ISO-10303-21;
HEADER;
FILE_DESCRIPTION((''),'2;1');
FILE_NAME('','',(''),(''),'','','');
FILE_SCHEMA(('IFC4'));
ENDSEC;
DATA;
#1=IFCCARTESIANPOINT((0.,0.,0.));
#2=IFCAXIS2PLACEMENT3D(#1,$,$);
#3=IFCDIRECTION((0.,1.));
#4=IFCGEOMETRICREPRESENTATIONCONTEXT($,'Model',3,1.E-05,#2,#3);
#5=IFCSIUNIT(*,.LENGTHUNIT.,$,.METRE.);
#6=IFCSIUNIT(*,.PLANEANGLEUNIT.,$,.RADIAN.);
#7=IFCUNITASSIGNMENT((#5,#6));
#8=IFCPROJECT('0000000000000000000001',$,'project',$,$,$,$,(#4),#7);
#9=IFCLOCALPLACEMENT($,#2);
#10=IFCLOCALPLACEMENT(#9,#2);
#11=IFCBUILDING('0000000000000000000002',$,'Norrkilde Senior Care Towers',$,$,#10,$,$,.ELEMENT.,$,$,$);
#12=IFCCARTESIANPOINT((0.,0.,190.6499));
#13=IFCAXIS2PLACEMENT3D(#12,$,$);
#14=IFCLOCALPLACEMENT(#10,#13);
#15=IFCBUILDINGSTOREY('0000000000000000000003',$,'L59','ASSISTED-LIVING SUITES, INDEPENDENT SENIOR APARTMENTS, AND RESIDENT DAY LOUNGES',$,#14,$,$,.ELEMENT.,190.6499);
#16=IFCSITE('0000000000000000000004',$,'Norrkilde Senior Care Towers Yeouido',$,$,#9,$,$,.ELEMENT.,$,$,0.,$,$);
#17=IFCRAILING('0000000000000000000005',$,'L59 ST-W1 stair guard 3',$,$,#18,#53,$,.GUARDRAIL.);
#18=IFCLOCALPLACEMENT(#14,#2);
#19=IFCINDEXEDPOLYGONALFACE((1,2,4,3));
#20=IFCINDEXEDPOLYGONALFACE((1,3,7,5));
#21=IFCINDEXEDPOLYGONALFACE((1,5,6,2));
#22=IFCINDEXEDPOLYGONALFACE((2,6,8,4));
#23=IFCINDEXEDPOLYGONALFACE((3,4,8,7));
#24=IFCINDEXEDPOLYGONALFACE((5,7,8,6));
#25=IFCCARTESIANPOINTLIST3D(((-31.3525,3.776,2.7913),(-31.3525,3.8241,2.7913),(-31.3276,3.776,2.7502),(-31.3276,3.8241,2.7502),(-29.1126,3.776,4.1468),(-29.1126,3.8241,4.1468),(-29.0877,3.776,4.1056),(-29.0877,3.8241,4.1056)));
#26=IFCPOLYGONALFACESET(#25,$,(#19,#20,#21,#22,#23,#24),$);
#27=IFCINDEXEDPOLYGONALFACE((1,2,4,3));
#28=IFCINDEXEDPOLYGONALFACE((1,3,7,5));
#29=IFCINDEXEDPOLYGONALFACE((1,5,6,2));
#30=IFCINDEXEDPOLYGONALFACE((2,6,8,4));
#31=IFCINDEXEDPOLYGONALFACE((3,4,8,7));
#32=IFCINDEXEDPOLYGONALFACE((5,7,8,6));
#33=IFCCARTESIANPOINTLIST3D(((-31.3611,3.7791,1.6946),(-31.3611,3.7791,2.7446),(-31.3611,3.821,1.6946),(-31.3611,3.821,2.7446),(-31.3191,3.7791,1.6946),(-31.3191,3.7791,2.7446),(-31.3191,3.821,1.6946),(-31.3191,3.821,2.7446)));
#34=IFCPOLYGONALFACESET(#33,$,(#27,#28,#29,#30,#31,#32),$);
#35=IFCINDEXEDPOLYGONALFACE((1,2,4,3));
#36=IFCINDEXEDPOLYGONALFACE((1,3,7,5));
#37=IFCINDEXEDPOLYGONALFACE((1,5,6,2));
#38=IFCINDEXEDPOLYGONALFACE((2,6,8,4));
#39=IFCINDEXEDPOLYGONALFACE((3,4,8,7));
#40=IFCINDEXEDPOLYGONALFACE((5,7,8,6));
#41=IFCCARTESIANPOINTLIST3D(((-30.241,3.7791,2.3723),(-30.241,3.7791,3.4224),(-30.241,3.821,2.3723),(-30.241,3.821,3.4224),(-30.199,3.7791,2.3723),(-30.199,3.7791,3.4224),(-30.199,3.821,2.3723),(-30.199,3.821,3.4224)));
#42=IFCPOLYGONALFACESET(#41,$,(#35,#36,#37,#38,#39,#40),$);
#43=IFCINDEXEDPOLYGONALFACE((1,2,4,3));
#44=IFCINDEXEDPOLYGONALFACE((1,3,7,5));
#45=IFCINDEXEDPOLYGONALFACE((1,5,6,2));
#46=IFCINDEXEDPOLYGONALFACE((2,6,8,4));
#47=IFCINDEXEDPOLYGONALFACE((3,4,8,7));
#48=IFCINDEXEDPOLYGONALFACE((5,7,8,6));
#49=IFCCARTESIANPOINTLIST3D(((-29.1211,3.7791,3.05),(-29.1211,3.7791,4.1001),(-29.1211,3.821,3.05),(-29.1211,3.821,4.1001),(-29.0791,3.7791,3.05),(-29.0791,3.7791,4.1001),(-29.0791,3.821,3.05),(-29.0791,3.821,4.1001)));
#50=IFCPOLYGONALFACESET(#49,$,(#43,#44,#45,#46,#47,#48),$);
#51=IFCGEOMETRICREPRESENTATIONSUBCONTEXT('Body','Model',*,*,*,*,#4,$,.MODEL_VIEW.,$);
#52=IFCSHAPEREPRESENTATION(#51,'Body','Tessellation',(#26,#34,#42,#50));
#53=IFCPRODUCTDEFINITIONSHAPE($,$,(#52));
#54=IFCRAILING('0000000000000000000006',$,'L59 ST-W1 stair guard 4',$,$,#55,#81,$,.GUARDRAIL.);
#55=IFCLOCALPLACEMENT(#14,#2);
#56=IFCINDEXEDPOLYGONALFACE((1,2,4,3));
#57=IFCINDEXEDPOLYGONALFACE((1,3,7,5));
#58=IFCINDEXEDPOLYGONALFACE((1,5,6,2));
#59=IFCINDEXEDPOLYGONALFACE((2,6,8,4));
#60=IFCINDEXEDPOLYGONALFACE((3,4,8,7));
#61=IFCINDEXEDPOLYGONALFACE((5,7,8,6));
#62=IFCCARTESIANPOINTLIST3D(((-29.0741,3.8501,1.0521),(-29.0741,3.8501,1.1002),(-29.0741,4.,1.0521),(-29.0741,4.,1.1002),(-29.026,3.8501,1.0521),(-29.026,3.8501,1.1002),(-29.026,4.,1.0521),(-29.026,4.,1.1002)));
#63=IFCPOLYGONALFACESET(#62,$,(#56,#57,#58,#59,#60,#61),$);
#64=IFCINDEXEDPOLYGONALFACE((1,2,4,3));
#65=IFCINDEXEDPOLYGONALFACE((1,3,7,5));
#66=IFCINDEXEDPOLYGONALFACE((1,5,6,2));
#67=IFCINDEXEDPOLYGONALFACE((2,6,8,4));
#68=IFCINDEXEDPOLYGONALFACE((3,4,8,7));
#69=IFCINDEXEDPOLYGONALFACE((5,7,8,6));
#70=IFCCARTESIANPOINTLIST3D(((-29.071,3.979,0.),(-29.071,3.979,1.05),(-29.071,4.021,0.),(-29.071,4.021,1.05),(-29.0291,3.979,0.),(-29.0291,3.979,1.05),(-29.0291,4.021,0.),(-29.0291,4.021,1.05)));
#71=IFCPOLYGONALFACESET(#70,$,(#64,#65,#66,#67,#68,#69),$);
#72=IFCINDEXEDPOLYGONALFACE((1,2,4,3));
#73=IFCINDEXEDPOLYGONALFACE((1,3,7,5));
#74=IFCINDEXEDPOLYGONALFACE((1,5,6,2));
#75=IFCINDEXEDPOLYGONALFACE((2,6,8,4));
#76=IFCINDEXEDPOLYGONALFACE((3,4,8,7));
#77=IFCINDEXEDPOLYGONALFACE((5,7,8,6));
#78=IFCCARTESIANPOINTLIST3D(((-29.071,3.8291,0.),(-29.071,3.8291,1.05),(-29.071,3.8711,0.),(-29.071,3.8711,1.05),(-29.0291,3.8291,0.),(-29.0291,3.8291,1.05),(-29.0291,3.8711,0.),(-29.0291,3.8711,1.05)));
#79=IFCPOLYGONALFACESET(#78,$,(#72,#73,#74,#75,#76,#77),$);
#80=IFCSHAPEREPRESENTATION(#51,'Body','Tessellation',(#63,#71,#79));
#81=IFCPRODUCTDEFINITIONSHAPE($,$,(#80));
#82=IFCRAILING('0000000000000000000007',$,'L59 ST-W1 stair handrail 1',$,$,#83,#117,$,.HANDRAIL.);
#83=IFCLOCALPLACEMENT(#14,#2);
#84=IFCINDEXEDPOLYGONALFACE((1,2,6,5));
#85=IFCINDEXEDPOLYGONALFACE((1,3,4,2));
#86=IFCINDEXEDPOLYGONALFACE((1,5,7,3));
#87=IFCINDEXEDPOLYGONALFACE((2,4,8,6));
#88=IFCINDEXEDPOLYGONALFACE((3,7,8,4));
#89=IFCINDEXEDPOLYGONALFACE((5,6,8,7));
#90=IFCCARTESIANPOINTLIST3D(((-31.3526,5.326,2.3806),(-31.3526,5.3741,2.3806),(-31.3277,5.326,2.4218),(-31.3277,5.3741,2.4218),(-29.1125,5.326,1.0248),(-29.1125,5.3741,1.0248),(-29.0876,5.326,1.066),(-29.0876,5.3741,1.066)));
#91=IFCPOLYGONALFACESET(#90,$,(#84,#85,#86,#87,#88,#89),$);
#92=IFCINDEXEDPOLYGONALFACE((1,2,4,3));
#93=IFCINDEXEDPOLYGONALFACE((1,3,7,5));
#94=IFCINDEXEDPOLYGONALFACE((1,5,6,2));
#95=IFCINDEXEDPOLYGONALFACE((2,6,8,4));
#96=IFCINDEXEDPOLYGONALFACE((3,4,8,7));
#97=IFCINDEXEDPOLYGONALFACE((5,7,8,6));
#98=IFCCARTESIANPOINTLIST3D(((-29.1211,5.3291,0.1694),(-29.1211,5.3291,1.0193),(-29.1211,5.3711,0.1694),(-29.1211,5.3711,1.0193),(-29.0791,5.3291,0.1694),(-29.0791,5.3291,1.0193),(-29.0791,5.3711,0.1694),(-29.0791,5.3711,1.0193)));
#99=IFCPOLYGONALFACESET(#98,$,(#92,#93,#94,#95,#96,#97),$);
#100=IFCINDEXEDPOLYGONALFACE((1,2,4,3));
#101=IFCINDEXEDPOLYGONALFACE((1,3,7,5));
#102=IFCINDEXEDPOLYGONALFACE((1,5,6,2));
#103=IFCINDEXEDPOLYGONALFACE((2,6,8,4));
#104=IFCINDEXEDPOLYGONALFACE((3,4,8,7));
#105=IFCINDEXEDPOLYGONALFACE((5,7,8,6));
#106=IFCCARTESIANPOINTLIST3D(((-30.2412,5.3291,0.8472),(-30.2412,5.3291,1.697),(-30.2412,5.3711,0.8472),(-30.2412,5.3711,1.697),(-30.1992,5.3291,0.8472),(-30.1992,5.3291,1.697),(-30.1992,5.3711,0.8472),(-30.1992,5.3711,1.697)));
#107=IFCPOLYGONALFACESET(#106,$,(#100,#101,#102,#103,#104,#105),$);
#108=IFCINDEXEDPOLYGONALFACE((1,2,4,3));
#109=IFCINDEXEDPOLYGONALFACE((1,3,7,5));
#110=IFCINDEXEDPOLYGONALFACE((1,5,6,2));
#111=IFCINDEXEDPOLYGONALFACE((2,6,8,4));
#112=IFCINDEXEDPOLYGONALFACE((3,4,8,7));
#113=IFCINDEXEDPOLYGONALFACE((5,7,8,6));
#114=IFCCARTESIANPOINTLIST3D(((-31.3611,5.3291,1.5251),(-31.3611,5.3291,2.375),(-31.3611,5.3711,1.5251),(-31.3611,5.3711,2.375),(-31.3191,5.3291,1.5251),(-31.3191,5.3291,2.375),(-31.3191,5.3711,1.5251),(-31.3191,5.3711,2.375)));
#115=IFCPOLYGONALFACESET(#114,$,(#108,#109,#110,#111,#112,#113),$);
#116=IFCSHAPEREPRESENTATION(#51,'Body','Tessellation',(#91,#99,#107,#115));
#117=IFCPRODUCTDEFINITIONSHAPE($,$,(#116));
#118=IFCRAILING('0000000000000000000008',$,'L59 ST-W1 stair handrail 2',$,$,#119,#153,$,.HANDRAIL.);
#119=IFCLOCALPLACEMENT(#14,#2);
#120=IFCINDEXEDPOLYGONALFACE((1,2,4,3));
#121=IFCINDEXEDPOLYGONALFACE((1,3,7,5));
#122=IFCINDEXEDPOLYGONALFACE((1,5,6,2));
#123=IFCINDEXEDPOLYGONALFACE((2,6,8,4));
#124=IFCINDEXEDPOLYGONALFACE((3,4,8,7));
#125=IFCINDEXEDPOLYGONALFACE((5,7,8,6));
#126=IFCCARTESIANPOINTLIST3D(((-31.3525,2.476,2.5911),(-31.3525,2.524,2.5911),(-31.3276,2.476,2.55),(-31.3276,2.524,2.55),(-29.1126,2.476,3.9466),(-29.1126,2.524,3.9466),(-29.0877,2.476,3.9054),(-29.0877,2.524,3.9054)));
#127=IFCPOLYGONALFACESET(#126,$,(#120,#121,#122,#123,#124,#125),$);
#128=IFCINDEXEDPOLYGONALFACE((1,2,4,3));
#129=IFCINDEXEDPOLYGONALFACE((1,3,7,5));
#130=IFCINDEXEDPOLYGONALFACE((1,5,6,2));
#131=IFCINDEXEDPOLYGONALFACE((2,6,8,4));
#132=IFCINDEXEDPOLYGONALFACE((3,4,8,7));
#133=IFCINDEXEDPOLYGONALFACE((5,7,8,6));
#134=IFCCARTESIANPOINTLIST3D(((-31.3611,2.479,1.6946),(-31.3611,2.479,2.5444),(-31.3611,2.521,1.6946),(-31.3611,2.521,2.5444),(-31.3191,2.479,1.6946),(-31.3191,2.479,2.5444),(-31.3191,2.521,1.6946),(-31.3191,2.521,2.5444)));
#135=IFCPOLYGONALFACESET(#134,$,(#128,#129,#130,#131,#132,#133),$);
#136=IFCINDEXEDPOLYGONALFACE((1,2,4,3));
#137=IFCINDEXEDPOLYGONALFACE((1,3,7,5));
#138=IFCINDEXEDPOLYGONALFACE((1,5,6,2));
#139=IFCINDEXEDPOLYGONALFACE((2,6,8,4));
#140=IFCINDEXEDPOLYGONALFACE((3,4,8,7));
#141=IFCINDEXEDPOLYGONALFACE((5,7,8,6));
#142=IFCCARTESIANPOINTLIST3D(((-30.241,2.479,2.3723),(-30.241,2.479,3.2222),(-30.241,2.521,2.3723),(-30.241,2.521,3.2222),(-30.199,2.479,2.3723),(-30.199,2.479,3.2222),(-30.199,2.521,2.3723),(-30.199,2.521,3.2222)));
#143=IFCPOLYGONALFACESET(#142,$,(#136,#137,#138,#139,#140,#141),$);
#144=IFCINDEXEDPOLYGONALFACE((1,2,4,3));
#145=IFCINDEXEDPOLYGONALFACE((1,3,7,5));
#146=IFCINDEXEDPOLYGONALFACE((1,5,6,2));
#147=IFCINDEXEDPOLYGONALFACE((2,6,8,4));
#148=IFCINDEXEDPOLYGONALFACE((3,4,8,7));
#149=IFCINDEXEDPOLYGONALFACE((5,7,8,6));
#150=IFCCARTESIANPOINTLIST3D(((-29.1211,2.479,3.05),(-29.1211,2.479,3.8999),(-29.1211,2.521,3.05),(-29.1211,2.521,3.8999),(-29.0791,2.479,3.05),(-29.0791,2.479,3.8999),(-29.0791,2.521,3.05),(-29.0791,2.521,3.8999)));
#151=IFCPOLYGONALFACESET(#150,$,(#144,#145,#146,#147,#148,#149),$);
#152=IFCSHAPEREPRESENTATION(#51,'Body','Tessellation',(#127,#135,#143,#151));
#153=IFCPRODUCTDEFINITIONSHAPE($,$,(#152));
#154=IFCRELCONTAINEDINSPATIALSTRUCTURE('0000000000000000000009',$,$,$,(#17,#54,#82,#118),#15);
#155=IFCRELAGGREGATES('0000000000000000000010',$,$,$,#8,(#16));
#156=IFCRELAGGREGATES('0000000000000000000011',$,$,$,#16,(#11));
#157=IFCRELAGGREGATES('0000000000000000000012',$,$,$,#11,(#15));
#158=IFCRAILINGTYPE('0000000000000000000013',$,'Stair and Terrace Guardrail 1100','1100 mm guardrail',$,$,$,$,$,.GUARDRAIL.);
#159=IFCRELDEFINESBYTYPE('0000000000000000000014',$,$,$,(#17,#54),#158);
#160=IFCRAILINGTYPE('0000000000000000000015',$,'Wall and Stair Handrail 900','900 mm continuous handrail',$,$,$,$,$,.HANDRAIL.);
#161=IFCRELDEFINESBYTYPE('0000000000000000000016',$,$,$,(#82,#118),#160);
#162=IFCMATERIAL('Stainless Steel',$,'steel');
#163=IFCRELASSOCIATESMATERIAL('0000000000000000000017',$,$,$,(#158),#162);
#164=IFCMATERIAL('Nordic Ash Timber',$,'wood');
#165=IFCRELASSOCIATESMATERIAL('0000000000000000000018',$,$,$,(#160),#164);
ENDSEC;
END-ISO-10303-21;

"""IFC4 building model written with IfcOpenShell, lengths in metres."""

from ifc_helpers import new_model, si_unit, direction, frame, origin, origin_2d, place, context, subcontext, project, spatial, rectangle, extrude, material, type_object, element, save


model = new_model("IFC4")

# Units and contexts
model_context = context("Model", 3, precision=1e-05, world=origin(), true_north=direction((0.0, 1.0)))
body_context = subcontext(model_context, "Body", "Model", "MODEL_VIEW")
ifc_project = project(units=[si_unit("LENGTHUNIT", "METRE"), si_unit("PLANEANGLEUNIT", "RADIAN")], contexts=[model_context])

# Site, building, storey
site_placement = place(None, origin())
site = spatial("IfcSite", under=ifc_project, at=site_placement, Name="Norrkilde Senior Care Towers Yeouido", CompositionType="ELEMENT", RefElevation=0.0)
building_placement = place(site_placement, origin())
building = spatial("IfcBuilding", under=site, at=building_placement, Name="Norrkilde Senior Care Towers", CompositionType="ELEMENT")
storey_placement = place(building_placement, frame((0.0, 0.0, 190.6499)))
storey = spatial("IfcBuildingStorey", under=building, at=storey_placement, Name="L59", Description="ASSISTED-LIVING SUITES, INDEPENDENT SENIOR APARTMENTS, AND RESIDENT DAY LOUNGES", CompositionType="ELEMENT", Elevation=190.6499)

# Shared definitions
ifc_material_1 = material(Name="Nordic Ash Timber", Category="wood")

# Railings
ifc_material_2 = material(Name="Stainless Steel", Category="steel")
railing_type_1 = type_object("IfcRailingType", Name="Stair and Terrace Guardrail 1100", Description="1100 mm guardrail", PredefinedType="GUARDRAIL", material=ifc_material_2)
railing_1_placement = place(storey_placement, frame((-31.3401, 3.8, 1.6946)))
element("IfcRailing", 1, at=railing_1_placement, inside=storey, type_object=railing_type_1, Name="L59 ST-W1 stair guard 3", PredefinedType="GUARDRAIL", context=body_context, shape_type="SweptSolid", body=[
    extrude(rectangle(XDim=0.0481, YDim=0.0481, at=origin_2d()), frame((0.0, 0.0, 1.0762), z_axis=(0.855553, 0.0, 0.517715), x_axis=(0.0, 1.0, 0.0)), (0.0, 0.0, 1.0), 2.6182),
    extrude(rectangle(XDim=0.042, YDim=0.042, at=origin_2d()), origin(), (0.0, 0.0, 1.0), 1.05),
    extrude(rectangle(XDim=0.042, YDim=0.042, at=origin_2d()), frame((1.1201, 0.0, 0.6777)), (0.0, 0.0, 1.0), 1.05),
    extrude(rectangle(XDim=0.042, YDim=0.042, at=origin_2d()), frame((2.24, 0.0, 1.3555)), (0.0, 0.0, 1.0), 1.05),
])
railing_2_placement = place(storey_placement, frame((-29.05, 4.0, 0.0)))
element("IfcRailing", 2, at=railing_2_placement, inside=storey, type_object=railing_type_1, Name="L59 ST-W1 stair guard 4", PredefinedType="GUARDRAIL", context=body_context, shape_type="SweptSolid", body=[
    extrude(rectangle(XDim=0.0481, YDim=0.0481, at=origin_2d()), frame((0.0, 0.0, 1.0762), z_axis=(0.0, -1.0, 0.0), x_axis=(1.0, 0.0, 0.0)), (0.0, 0.0, 1.0), 0.1499),
    extrude(rectangle(XDim=0.042, YDim=0.042, at=origin_2d()), origin(), (0.0, 0.0, 1.0), 1.05),
    extrude(rectangle(XDim=0.042, YDim=0.042, at=origin_2d()), frame((0.0, -0.1499, 0.0)), (0.0, 0.0, 1.0), 1.05),
])
railing_type_2 = type_object("IfcRailingType", Name="Wall and Stair Handrail 900", Description="900 mm continuous handrail", PredefinedType="HANDRAIL", material=ifc_material_1)
railing_3_placement = place(storey_placement, frame((-29.1001, 5.3501, 0.1694)))
element("IfcRailing", 3, at=railing_3_placement, inside=storey, type_object=railing_type_2, Name="L59 ST-W1 stair handrail 1", PredefinedType="HANDRAIL", context=body_context, shape_type="SweptSolid", body=[
    extrude(rectangle(XDim=0.0481, YDim=0.0481, at=origin_2d()), frame((0.0, 0.0, 0.876), z_axis=(-0.855512, 0.0, 0.517783), x_axis=(0.0, -1.0, 0.0)), (0.0, 0.0, 1.0), 2.6184),
    extrude(rectangle(XDim=0.042, YDim=0.042, at=origin_2d()), origin(), (0.0, 0.0, 1.0), 0.8499),
    extrude(rectangle(XDim=0.042, YDim=0.042, at=origin_2d()), frame((-1.1201, 0.0, 0.6777)), (0.0, 0.0, 1.0), 0.8499),
    extrude(rectangle(XDim=0.042, YDim=0.042, at=origin_2d()), frame((-2.24, 0.0, 1.3557)), (0.0, 0.0, 1.0), 0.8499),
])
railing_4_placement = place(storey_placement, frame((-31.3401, 2.5, 1.6946)))
element("IfcRailing", 4, at=railing_4_placement, inside=storey, type_object=railing_type_2, Name="L59 ST-W1 stair handrail 2", PredefinedType="HANDRAIL", context=body_context, shape_type="SweptSolid", body=[
    extrude(rectangle(XDim=0.0481, YDim=0.0481, at=origin_2d()), frame((0.0, 0.0, 0.876), z_axis=(0.855553, 0.0, 0.517715), x_axis=(0.0, 1.0, 0.0)), (0.0, 0.0, 1.0), 2.6182),
    extrude(rectangle(XDim=0.042, YDim=0.042, at=origin_2d()), origin(), (0.0, 0.0, 1.0), 0.8499),
    extrude(rectangle(XDim=0.042, YDim=0.042, at=origin_2d()), frame((1.1201, 0.0, 0.6777)), (0.0, 0.0, 1.0), 0.8499),
    extrude(rectangle(XDim=0.042, YDim=0.042, at=origin_2d()), frame((2.24, 0.0, 1.3555)), (0.0, 0.0, 1.0), 0.8499),
])

save(model, "model.ifc")
